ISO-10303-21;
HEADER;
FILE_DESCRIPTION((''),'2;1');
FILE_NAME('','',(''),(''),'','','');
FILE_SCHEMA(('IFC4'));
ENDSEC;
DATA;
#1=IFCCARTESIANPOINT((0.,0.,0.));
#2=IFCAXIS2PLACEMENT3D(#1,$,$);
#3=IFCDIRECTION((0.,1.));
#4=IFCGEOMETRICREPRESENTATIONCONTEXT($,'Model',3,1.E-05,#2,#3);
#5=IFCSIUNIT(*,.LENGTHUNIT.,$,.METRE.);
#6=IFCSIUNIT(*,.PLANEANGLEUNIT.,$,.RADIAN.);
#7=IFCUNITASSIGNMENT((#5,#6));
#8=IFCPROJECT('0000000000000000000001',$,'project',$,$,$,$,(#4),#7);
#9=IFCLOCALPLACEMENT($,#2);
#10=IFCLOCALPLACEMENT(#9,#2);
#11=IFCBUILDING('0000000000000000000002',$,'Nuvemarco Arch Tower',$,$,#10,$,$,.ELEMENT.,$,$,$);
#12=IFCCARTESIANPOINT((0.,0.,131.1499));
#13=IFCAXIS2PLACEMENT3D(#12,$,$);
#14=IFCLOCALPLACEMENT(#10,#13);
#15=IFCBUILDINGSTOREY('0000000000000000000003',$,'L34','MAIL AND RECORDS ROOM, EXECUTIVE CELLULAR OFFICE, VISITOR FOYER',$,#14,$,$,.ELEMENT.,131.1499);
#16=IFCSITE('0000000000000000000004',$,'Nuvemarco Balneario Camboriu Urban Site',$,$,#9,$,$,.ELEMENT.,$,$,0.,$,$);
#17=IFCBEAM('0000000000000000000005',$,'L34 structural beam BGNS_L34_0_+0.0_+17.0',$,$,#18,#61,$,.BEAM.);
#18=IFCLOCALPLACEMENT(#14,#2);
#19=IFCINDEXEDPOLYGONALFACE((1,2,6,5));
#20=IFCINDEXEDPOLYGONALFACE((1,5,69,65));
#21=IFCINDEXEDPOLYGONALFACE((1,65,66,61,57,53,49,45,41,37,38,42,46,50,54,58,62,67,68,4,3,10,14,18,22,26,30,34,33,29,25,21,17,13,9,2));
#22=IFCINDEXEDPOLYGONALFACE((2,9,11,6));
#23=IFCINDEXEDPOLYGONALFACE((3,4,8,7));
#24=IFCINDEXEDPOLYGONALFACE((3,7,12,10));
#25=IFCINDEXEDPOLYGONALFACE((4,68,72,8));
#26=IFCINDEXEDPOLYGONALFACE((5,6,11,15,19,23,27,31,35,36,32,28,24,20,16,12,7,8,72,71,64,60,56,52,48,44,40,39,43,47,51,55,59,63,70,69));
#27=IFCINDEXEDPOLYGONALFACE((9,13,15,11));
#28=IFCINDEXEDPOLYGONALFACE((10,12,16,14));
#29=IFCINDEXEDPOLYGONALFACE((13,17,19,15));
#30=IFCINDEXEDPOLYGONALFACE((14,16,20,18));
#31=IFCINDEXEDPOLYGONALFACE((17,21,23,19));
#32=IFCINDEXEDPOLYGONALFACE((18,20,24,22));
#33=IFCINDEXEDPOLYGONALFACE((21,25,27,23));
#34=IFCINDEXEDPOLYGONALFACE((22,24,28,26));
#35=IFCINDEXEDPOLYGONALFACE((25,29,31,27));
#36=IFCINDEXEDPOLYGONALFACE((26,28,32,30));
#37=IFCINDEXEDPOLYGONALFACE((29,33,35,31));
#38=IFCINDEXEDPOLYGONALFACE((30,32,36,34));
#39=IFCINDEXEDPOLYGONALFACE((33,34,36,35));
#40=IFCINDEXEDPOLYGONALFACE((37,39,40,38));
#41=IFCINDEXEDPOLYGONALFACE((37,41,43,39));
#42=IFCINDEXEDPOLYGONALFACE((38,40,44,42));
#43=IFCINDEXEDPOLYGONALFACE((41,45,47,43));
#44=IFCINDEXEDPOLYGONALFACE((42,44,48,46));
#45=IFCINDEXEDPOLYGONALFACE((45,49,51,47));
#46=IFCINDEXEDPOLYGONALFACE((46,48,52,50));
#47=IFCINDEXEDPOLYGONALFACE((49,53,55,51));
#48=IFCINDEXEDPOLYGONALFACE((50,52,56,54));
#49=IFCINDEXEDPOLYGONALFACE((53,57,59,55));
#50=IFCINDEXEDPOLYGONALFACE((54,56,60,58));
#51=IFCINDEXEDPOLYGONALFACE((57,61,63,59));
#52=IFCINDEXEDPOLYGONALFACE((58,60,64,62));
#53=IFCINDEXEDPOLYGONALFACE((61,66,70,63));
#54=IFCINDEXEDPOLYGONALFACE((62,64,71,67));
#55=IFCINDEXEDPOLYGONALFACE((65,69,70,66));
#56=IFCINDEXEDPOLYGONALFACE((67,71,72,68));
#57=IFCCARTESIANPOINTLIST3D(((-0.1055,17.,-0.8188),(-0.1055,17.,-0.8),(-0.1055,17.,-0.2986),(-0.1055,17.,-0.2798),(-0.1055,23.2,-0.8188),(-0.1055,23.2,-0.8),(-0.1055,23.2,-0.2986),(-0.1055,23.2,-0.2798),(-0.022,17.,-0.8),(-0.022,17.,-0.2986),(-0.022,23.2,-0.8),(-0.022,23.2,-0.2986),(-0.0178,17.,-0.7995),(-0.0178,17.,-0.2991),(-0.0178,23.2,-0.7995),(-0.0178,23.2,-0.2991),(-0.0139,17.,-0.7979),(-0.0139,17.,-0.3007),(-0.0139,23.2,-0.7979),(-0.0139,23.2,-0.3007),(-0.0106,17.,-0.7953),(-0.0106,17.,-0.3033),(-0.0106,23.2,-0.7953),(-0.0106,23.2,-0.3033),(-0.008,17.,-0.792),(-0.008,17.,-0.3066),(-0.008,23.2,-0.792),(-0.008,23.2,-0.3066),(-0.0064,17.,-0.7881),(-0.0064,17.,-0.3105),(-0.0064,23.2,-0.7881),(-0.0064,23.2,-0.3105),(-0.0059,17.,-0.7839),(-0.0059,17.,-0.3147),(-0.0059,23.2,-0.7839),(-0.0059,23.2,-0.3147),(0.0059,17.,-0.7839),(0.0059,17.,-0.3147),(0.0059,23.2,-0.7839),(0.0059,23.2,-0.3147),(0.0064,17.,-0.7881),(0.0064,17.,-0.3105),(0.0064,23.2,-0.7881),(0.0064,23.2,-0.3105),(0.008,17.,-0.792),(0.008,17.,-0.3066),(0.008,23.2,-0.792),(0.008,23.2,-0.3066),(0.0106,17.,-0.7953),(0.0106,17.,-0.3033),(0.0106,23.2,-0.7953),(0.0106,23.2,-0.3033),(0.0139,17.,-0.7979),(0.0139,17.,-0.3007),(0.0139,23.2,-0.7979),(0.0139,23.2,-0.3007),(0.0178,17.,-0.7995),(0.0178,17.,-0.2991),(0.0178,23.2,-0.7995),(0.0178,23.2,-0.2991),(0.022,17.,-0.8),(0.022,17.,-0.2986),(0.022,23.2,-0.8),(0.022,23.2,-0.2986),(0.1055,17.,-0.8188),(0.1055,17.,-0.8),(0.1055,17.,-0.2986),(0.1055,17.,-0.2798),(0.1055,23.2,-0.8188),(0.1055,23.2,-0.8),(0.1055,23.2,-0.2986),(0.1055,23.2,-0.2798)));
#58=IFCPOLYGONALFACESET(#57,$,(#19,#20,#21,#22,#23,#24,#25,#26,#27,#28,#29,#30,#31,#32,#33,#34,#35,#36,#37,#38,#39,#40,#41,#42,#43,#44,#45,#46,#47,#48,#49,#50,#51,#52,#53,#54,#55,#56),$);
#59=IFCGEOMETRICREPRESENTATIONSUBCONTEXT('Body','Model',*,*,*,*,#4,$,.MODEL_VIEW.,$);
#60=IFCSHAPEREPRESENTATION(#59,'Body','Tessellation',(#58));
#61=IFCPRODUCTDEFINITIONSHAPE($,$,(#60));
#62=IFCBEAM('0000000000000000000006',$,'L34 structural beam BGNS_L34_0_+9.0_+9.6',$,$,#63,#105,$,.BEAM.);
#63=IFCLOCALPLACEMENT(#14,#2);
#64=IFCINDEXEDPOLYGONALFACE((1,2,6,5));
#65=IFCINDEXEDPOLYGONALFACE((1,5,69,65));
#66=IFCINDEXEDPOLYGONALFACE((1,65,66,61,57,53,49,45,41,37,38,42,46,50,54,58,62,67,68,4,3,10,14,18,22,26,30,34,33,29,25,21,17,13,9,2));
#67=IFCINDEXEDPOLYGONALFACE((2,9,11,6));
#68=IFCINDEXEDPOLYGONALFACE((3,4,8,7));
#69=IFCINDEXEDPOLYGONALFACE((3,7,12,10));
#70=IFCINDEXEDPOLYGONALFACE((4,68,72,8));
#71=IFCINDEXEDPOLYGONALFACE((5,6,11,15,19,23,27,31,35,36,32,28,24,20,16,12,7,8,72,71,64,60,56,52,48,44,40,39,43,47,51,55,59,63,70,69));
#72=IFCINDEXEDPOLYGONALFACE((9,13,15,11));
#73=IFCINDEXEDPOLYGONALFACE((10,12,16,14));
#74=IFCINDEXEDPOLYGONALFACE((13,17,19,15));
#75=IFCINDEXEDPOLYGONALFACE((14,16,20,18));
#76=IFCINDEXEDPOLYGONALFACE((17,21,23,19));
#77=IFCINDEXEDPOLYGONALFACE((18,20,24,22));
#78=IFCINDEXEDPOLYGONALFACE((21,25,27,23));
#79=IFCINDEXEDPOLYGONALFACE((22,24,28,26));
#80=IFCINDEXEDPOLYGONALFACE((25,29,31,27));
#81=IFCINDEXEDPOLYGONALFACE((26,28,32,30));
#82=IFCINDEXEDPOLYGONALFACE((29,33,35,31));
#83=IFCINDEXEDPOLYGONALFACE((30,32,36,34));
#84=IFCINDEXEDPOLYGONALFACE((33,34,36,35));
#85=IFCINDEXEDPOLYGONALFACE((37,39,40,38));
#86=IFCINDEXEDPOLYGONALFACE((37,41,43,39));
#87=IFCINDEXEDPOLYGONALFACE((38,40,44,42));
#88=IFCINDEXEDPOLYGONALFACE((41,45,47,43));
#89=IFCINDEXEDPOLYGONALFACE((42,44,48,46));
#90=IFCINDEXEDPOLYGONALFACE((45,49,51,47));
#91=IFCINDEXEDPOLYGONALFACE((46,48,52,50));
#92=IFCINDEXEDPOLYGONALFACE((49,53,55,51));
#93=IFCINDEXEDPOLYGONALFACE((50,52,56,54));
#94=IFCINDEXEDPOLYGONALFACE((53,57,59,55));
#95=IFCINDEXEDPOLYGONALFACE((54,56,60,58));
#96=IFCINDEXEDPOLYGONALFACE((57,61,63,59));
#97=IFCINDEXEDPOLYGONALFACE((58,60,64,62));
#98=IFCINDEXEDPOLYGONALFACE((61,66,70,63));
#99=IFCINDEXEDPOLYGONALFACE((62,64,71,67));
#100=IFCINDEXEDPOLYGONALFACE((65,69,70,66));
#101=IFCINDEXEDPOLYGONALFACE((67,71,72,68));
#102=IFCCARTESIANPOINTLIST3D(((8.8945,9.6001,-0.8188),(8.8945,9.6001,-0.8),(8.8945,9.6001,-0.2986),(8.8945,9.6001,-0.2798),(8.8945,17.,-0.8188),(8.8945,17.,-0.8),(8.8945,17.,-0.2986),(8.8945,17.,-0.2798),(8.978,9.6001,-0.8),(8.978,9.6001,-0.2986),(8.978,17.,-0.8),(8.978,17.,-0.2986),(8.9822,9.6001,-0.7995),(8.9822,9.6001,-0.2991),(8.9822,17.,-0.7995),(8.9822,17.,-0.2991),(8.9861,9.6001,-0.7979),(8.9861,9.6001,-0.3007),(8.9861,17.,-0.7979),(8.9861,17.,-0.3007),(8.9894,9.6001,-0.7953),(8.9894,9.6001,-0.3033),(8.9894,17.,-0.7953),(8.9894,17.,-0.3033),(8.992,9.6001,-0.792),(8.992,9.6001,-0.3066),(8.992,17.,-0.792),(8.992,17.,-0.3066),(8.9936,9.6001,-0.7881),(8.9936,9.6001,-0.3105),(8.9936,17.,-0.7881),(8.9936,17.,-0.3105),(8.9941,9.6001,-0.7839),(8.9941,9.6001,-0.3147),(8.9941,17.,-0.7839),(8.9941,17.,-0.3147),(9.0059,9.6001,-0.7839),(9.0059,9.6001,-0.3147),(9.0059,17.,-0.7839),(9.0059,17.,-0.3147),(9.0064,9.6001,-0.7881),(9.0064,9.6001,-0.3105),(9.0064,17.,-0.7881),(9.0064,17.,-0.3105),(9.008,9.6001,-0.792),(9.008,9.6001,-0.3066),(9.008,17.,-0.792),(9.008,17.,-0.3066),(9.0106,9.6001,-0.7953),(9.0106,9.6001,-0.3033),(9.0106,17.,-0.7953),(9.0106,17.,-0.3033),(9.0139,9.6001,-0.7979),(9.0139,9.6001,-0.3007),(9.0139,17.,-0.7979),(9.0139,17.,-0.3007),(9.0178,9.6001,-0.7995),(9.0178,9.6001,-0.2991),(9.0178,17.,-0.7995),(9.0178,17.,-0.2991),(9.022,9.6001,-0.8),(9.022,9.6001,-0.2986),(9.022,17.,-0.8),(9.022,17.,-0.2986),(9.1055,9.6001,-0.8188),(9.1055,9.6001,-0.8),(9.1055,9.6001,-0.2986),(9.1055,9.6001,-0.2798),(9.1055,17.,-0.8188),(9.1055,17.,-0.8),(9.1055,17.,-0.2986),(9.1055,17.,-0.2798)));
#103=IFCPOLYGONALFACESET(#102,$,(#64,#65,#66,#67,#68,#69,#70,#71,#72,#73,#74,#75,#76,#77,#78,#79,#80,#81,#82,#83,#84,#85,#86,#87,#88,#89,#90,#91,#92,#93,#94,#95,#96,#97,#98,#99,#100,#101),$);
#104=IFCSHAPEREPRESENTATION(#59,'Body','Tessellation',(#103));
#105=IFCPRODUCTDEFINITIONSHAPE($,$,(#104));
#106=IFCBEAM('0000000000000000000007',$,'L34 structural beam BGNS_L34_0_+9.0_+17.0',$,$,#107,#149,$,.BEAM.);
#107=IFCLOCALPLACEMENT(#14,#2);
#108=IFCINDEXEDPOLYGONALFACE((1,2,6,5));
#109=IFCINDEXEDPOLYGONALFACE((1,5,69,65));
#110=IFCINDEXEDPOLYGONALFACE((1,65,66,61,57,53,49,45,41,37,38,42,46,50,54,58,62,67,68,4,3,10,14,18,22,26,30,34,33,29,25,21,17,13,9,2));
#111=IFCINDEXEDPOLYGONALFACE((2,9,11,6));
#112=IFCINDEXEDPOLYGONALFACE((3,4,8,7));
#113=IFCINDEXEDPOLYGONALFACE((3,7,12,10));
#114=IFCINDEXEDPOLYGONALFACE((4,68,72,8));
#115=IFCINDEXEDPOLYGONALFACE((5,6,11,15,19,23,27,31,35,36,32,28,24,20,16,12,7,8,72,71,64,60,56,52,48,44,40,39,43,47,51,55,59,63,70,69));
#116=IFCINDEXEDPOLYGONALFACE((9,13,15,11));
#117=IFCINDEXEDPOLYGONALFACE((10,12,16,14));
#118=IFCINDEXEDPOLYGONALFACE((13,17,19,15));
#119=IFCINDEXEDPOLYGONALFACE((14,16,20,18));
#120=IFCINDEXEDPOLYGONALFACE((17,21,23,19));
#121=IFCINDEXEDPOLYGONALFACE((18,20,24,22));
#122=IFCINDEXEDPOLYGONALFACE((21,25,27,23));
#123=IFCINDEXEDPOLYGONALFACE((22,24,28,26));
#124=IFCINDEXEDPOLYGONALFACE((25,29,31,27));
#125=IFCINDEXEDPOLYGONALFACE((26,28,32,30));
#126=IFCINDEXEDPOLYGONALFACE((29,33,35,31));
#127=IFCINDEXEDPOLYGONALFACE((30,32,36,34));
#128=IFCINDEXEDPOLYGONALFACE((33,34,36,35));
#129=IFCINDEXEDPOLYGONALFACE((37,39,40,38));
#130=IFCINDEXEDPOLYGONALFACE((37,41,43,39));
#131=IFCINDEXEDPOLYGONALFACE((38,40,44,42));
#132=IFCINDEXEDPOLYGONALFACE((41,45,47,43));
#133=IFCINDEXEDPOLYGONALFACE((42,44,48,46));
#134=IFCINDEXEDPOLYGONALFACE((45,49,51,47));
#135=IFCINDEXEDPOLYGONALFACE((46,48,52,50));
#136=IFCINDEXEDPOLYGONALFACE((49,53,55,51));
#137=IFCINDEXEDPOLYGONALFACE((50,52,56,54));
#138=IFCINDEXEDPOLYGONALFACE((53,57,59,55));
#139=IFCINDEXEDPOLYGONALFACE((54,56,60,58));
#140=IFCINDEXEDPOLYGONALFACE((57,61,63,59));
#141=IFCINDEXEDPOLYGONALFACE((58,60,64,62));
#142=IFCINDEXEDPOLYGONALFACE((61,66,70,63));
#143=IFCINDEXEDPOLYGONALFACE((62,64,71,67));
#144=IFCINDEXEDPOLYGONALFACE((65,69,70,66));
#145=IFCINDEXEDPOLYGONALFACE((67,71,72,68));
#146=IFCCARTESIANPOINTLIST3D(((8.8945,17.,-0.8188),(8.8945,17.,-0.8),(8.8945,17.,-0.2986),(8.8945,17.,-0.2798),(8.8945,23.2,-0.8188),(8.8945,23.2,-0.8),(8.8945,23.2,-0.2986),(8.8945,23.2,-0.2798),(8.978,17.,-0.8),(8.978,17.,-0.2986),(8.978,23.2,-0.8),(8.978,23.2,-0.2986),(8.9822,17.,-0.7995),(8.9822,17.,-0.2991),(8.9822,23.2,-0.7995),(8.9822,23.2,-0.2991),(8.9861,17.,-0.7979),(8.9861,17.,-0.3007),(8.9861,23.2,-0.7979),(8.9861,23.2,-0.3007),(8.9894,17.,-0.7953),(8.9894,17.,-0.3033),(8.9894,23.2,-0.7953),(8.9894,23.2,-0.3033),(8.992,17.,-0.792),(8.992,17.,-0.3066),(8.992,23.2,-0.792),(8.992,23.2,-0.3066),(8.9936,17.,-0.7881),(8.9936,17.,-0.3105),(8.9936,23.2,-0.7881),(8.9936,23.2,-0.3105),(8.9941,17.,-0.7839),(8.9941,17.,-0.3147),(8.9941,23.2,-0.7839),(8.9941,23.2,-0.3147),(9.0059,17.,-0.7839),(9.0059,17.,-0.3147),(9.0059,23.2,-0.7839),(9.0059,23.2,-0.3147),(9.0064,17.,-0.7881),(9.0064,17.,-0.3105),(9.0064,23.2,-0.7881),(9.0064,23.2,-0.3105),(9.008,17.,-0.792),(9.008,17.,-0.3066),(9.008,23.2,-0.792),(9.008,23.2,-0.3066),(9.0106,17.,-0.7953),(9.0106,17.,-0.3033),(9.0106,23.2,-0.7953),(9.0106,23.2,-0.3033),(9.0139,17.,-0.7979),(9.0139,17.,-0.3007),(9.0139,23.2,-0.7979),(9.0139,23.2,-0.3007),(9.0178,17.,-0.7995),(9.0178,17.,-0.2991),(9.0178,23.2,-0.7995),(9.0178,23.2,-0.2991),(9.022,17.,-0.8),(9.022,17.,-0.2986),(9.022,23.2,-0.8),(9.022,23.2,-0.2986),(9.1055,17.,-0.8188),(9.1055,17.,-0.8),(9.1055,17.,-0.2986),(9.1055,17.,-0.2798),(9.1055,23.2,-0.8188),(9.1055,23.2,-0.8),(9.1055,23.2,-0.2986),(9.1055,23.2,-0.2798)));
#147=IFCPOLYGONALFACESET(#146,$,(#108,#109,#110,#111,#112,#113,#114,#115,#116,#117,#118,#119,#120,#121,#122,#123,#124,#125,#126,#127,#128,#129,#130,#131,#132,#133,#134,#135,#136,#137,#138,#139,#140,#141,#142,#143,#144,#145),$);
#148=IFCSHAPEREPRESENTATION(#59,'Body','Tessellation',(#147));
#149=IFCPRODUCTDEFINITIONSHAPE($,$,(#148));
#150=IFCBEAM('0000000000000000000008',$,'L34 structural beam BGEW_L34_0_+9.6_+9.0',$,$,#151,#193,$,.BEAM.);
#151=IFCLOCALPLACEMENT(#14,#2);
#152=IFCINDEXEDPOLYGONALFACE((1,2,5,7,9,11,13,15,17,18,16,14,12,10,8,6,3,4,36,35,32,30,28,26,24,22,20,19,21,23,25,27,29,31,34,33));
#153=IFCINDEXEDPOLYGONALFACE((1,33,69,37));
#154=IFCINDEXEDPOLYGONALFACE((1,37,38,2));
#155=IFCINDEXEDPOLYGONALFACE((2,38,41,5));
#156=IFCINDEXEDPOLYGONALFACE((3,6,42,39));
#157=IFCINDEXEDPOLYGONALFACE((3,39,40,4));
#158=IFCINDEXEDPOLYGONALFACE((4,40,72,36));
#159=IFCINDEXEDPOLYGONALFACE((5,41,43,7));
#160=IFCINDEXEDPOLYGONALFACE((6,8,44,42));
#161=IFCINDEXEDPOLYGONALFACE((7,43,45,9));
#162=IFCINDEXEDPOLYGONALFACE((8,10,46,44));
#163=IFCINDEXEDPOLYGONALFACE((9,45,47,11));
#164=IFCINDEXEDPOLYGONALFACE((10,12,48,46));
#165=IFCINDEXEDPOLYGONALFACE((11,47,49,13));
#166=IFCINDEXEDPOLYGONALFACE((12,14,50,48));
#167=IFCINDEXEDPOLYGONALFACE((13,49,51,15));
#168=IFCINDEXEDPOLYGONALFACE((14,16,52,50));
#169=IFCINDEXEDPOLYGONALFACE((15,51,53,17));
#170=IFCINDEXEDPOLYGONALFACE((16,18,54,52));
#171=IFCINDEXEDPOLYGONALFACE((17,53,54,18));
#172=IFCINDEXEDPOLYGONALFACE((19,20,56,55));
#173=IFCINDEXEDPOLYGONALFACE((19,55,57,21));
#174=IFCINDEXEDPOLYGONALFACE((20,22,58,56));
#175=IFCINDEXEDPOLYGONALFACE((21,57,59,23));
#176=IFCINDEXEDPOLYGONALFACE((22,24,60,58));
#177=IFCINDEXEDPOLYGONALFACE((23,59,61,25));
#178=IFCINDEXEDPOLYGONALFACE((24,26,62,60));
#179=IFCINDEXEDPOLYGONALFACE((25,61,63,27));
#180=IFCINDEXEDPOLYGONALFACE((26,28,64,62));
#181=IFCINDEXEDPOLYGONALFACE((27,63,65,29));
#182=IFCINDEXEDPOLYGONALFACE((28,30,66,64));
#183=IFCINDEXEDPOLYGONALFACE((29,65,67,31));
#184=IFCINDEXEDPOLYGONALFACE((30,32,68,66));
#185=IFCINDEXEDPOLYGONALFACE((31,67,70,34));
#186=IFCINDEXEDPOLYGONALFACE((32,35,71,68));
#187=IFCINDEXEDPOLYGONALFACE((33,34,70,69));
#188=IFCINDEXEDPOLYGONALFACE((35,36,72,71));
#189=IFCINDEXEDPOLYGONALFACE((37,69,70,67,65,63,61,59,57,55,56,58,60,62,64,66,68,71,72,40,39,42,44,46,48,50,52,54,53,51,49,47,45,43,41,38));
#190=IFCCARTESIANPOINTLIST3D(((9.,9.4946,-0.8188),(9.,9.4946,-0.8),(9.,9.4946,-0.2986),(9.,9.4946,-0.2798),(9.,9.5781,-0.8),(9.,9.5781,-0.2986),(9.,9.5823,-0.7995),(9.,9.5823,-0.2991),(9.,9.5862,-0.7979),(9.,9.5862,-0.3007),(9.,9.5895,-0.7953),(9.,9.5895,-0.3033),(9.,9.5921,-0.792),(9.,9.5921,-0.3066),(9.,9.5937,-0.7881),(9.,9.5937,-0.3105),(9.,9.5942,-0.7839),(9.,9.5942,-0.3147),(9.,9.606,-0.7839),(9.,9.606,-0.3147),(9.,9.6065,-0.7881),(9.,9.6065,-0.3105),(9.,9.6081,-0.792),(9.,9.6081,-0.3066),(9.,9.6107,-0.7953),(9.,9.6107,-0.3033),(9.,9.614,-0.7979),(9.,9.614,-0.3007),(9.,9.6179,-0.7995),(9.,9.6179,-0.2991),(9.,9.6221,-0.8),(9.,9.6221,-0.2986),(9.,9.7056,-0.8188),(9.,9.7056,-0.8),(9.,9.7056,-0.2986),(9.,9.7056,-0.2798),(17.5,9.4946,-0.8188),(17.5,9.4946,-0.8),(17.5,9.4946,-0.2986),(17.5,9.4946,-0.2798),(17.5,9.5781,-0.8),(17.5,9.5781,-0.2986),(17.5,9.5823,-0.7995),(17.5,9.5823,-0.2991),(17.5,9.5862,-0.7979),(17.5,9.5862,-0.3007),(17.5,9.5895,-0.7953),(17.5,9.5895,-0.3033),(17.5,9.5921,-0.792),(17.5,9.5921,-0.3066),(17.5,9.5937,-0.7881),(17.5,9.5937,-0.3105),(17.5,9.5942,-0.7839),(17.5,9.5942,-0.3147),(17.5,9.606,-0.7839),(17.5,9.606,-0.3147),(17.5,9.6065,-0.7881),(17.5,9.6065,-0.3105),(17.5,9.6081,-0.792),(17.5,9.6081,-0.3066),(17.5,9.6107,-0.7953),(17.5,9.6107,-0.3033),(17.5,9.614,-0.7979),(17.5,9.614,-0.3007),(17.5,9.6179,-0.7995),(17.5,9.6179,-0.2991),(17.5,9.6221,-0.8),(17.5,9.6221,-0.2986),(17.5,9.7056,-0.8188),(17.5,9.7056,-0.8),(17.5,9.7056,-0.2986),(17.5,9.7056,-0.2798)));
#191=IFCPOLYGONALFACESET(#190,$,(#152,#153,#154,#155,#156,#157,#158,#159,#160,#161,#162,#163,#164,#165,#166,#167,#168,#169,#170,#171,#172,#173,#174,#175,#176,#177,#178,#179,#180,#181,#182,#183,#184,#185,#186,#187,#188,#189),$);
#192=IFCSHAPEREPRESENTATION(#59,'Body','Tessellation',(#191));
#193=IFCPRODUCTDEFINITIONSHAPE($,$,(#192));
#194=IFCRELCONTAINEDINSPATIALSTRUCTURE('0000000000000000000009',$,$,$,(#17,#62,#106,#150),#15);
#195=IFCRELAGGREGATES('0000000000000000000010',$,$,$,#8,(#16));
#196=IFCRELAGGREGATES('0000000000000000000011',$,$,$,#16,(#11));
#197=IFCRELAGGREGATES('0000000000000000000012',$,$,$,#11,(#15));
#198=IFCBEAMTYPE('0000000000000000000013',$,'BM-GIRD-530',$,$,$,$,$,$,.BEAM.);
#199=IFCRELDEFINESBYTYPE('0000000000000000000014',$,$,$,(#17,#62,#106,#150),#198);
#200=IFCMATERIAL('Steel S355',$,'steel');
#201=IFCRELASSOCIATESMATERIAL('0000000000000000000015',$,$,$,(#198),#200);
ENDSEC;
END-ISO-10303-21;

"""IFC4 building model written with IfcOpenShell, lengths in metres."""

from ifc_helpers import new_model, si_unit, direction, frame, origin, origin_2d, place, context, subcontext, project, spatial, i_section, extrude, material, material_profile, profile_set, type_object, element, save


model = new_model("IFC4")

# Units and contexts
model_context = context("Model", 3, precision=1e-05, world=origin(), true_north=direction((0.0, 1.0)))
body_context = subcontext(model_context, "Body", "Model", "MODEL_VIEW")
ifc_project = project(units=[si_unit("LENGTHUNIT", "METRE"), si_unit("PLANEANGLEUNIT", "RADIAN")], contexts=[model_context])

# Site, building, storey
site_placement = place(None, origin())
site = spatial("IfcSite", under=ifc_project, at=site_placement, Name="Nuvemarco Balneario Camboriu Urban Site", CompositionType="ELEMENT", RefElevation=0.0)
building_placement = place(site_placement, origin())
building = spatial("IfcBuilding", under=site, at=building_placement, Name="Nuvemarco Arch Tower", CompositionType="ELEMENT")
storey_placement = place(building_placement, frame((0.0, 0.0, 131.1499)))
storey = spatial("IfcBuildingStorey", under=building, at=storey_placement, Name="L34", Description="MAIL AND RECORDS ROOM, EXECUTIVE CELLULAR OFFICE, VISITOR FOYER", CompositionType="ELEMENT", Elevation=131.1499)

# Shared definitions
ifc_material_1 = material(Name="Steel S355", Category="steel")

# Beams
ifc_material_profile_1 = material_profile(ifc_material_1, i_section(OverallWidth=0.2109, OverallDepth=0.5391, WebThickness=0.0117, FlangeThickness=0.0188, FilletRadius=0.0161, at=origin_2d()), Name="W530x109")
ifc_profile_set_1 = profile_set([ifc_material_profile_1], Name="Steel S355")
beam_type_1 = type_object("IfcBeamType", Name="BM-GIRD-530", PredefinedType="BEAM", material=ifc_profile_set_1)
beam_1_placement = place(storey_placement, frame((0.0, 17.0, -0.5493), z_axis=(0.0, 1.0, 0.0), x_axis=(-1.0, 0.0, 0.0)))
element("IfcBeam", 1, at=beam_1_placement, inside=storey, type_object=beam_type_1, Name="L34 structural beam BGNS_L34_0_+0.0_+17.0", PredefinedType="BEAM", context=body_context, shape_type="SweptSolid", body=[
    extrude(i_section(OverallWidth=0.2109, OverallDepth=0.5391, WebThickness=0.0117, FlangeThickness=0.0188, FilletRadius=0.0161, at=origin_2d()), origin(), (0.0, 0.0, 1.0), 6.2),
])
beam_2_placement = place(storey_placement, frame((9.0, 9.6001, -0.5493), z_axis=(0.0, 1.0, 0.0), x_axis=(-1.0, 0.0, 0.0)))
element("IfcBeam", 2, at=beam_2_placement, inside=storey, type_object=beam_type_1, Name="L34 structural beam BGNS_L34_0_+9.0_+9.6", PredefinedType="BEAM", context=body_context, shape_type="SweptSolid", body=[
    extrude(i_section(OverallWidth=0.2109, OverallDepth=0.5391, WebThickness=0.0117, FlangeThickness=0.0188, FilletRadius=0.0161, at=origin_2d()), origin(), (0.0, 0.0, 1.0), 7.3999),
])
beam_3_placement = place(storey_placement, frame((9.0, 17.0, -0.5493), z_axis=(0.0, 1.0, 0.0), x_axis=(-1.0, 0.0, 0.0)))
element("IfcBeam", 3, at=beam_3_placement, inside=storey, type_object=beam_type_1, Name="L34 structural beam BGNS_L34_0_+9.0_+17.0", PredefinedType="BEAM", context=body_context, shape_type="SweptSolid", body=[
    extrude(i_section(OverallWidth=0.2109, OverallDepth=0.5391, WebThickness=0.0117, FlangeThickness=0.0188, FilletRadius=0.0161, at=origin_2d()), origin(), (0.0, 0.0, 1.0), 6.2),
])
beam_4_placement = place(storey_placement, frame((9.0, 9.6001, -0.5493), z_axis=(1.0, 0.0, 0.0), x_axis=(0.0, 1.0, 0.0)))
element("IfcBeam", 4, at=beam_4_placement, inside=storey, type_object=beam_type_1, Name="L34 structural beam BGEW_L34_0_+9.6_+9.0", PredefinedType="BEAM", context=body_context, shape_type="SweptSolid", body=[
    extrude(i_section(OverallWidth=0.2109, OverallDepth=0.5391, WebThickness=0.0117, FlangeThickness=0.0188, FilletRadius=0.0161, at=origin_2d()), origin(), (0.0, 0.0, 1.0), 8.5),
])

save(model, "model.ifc")
